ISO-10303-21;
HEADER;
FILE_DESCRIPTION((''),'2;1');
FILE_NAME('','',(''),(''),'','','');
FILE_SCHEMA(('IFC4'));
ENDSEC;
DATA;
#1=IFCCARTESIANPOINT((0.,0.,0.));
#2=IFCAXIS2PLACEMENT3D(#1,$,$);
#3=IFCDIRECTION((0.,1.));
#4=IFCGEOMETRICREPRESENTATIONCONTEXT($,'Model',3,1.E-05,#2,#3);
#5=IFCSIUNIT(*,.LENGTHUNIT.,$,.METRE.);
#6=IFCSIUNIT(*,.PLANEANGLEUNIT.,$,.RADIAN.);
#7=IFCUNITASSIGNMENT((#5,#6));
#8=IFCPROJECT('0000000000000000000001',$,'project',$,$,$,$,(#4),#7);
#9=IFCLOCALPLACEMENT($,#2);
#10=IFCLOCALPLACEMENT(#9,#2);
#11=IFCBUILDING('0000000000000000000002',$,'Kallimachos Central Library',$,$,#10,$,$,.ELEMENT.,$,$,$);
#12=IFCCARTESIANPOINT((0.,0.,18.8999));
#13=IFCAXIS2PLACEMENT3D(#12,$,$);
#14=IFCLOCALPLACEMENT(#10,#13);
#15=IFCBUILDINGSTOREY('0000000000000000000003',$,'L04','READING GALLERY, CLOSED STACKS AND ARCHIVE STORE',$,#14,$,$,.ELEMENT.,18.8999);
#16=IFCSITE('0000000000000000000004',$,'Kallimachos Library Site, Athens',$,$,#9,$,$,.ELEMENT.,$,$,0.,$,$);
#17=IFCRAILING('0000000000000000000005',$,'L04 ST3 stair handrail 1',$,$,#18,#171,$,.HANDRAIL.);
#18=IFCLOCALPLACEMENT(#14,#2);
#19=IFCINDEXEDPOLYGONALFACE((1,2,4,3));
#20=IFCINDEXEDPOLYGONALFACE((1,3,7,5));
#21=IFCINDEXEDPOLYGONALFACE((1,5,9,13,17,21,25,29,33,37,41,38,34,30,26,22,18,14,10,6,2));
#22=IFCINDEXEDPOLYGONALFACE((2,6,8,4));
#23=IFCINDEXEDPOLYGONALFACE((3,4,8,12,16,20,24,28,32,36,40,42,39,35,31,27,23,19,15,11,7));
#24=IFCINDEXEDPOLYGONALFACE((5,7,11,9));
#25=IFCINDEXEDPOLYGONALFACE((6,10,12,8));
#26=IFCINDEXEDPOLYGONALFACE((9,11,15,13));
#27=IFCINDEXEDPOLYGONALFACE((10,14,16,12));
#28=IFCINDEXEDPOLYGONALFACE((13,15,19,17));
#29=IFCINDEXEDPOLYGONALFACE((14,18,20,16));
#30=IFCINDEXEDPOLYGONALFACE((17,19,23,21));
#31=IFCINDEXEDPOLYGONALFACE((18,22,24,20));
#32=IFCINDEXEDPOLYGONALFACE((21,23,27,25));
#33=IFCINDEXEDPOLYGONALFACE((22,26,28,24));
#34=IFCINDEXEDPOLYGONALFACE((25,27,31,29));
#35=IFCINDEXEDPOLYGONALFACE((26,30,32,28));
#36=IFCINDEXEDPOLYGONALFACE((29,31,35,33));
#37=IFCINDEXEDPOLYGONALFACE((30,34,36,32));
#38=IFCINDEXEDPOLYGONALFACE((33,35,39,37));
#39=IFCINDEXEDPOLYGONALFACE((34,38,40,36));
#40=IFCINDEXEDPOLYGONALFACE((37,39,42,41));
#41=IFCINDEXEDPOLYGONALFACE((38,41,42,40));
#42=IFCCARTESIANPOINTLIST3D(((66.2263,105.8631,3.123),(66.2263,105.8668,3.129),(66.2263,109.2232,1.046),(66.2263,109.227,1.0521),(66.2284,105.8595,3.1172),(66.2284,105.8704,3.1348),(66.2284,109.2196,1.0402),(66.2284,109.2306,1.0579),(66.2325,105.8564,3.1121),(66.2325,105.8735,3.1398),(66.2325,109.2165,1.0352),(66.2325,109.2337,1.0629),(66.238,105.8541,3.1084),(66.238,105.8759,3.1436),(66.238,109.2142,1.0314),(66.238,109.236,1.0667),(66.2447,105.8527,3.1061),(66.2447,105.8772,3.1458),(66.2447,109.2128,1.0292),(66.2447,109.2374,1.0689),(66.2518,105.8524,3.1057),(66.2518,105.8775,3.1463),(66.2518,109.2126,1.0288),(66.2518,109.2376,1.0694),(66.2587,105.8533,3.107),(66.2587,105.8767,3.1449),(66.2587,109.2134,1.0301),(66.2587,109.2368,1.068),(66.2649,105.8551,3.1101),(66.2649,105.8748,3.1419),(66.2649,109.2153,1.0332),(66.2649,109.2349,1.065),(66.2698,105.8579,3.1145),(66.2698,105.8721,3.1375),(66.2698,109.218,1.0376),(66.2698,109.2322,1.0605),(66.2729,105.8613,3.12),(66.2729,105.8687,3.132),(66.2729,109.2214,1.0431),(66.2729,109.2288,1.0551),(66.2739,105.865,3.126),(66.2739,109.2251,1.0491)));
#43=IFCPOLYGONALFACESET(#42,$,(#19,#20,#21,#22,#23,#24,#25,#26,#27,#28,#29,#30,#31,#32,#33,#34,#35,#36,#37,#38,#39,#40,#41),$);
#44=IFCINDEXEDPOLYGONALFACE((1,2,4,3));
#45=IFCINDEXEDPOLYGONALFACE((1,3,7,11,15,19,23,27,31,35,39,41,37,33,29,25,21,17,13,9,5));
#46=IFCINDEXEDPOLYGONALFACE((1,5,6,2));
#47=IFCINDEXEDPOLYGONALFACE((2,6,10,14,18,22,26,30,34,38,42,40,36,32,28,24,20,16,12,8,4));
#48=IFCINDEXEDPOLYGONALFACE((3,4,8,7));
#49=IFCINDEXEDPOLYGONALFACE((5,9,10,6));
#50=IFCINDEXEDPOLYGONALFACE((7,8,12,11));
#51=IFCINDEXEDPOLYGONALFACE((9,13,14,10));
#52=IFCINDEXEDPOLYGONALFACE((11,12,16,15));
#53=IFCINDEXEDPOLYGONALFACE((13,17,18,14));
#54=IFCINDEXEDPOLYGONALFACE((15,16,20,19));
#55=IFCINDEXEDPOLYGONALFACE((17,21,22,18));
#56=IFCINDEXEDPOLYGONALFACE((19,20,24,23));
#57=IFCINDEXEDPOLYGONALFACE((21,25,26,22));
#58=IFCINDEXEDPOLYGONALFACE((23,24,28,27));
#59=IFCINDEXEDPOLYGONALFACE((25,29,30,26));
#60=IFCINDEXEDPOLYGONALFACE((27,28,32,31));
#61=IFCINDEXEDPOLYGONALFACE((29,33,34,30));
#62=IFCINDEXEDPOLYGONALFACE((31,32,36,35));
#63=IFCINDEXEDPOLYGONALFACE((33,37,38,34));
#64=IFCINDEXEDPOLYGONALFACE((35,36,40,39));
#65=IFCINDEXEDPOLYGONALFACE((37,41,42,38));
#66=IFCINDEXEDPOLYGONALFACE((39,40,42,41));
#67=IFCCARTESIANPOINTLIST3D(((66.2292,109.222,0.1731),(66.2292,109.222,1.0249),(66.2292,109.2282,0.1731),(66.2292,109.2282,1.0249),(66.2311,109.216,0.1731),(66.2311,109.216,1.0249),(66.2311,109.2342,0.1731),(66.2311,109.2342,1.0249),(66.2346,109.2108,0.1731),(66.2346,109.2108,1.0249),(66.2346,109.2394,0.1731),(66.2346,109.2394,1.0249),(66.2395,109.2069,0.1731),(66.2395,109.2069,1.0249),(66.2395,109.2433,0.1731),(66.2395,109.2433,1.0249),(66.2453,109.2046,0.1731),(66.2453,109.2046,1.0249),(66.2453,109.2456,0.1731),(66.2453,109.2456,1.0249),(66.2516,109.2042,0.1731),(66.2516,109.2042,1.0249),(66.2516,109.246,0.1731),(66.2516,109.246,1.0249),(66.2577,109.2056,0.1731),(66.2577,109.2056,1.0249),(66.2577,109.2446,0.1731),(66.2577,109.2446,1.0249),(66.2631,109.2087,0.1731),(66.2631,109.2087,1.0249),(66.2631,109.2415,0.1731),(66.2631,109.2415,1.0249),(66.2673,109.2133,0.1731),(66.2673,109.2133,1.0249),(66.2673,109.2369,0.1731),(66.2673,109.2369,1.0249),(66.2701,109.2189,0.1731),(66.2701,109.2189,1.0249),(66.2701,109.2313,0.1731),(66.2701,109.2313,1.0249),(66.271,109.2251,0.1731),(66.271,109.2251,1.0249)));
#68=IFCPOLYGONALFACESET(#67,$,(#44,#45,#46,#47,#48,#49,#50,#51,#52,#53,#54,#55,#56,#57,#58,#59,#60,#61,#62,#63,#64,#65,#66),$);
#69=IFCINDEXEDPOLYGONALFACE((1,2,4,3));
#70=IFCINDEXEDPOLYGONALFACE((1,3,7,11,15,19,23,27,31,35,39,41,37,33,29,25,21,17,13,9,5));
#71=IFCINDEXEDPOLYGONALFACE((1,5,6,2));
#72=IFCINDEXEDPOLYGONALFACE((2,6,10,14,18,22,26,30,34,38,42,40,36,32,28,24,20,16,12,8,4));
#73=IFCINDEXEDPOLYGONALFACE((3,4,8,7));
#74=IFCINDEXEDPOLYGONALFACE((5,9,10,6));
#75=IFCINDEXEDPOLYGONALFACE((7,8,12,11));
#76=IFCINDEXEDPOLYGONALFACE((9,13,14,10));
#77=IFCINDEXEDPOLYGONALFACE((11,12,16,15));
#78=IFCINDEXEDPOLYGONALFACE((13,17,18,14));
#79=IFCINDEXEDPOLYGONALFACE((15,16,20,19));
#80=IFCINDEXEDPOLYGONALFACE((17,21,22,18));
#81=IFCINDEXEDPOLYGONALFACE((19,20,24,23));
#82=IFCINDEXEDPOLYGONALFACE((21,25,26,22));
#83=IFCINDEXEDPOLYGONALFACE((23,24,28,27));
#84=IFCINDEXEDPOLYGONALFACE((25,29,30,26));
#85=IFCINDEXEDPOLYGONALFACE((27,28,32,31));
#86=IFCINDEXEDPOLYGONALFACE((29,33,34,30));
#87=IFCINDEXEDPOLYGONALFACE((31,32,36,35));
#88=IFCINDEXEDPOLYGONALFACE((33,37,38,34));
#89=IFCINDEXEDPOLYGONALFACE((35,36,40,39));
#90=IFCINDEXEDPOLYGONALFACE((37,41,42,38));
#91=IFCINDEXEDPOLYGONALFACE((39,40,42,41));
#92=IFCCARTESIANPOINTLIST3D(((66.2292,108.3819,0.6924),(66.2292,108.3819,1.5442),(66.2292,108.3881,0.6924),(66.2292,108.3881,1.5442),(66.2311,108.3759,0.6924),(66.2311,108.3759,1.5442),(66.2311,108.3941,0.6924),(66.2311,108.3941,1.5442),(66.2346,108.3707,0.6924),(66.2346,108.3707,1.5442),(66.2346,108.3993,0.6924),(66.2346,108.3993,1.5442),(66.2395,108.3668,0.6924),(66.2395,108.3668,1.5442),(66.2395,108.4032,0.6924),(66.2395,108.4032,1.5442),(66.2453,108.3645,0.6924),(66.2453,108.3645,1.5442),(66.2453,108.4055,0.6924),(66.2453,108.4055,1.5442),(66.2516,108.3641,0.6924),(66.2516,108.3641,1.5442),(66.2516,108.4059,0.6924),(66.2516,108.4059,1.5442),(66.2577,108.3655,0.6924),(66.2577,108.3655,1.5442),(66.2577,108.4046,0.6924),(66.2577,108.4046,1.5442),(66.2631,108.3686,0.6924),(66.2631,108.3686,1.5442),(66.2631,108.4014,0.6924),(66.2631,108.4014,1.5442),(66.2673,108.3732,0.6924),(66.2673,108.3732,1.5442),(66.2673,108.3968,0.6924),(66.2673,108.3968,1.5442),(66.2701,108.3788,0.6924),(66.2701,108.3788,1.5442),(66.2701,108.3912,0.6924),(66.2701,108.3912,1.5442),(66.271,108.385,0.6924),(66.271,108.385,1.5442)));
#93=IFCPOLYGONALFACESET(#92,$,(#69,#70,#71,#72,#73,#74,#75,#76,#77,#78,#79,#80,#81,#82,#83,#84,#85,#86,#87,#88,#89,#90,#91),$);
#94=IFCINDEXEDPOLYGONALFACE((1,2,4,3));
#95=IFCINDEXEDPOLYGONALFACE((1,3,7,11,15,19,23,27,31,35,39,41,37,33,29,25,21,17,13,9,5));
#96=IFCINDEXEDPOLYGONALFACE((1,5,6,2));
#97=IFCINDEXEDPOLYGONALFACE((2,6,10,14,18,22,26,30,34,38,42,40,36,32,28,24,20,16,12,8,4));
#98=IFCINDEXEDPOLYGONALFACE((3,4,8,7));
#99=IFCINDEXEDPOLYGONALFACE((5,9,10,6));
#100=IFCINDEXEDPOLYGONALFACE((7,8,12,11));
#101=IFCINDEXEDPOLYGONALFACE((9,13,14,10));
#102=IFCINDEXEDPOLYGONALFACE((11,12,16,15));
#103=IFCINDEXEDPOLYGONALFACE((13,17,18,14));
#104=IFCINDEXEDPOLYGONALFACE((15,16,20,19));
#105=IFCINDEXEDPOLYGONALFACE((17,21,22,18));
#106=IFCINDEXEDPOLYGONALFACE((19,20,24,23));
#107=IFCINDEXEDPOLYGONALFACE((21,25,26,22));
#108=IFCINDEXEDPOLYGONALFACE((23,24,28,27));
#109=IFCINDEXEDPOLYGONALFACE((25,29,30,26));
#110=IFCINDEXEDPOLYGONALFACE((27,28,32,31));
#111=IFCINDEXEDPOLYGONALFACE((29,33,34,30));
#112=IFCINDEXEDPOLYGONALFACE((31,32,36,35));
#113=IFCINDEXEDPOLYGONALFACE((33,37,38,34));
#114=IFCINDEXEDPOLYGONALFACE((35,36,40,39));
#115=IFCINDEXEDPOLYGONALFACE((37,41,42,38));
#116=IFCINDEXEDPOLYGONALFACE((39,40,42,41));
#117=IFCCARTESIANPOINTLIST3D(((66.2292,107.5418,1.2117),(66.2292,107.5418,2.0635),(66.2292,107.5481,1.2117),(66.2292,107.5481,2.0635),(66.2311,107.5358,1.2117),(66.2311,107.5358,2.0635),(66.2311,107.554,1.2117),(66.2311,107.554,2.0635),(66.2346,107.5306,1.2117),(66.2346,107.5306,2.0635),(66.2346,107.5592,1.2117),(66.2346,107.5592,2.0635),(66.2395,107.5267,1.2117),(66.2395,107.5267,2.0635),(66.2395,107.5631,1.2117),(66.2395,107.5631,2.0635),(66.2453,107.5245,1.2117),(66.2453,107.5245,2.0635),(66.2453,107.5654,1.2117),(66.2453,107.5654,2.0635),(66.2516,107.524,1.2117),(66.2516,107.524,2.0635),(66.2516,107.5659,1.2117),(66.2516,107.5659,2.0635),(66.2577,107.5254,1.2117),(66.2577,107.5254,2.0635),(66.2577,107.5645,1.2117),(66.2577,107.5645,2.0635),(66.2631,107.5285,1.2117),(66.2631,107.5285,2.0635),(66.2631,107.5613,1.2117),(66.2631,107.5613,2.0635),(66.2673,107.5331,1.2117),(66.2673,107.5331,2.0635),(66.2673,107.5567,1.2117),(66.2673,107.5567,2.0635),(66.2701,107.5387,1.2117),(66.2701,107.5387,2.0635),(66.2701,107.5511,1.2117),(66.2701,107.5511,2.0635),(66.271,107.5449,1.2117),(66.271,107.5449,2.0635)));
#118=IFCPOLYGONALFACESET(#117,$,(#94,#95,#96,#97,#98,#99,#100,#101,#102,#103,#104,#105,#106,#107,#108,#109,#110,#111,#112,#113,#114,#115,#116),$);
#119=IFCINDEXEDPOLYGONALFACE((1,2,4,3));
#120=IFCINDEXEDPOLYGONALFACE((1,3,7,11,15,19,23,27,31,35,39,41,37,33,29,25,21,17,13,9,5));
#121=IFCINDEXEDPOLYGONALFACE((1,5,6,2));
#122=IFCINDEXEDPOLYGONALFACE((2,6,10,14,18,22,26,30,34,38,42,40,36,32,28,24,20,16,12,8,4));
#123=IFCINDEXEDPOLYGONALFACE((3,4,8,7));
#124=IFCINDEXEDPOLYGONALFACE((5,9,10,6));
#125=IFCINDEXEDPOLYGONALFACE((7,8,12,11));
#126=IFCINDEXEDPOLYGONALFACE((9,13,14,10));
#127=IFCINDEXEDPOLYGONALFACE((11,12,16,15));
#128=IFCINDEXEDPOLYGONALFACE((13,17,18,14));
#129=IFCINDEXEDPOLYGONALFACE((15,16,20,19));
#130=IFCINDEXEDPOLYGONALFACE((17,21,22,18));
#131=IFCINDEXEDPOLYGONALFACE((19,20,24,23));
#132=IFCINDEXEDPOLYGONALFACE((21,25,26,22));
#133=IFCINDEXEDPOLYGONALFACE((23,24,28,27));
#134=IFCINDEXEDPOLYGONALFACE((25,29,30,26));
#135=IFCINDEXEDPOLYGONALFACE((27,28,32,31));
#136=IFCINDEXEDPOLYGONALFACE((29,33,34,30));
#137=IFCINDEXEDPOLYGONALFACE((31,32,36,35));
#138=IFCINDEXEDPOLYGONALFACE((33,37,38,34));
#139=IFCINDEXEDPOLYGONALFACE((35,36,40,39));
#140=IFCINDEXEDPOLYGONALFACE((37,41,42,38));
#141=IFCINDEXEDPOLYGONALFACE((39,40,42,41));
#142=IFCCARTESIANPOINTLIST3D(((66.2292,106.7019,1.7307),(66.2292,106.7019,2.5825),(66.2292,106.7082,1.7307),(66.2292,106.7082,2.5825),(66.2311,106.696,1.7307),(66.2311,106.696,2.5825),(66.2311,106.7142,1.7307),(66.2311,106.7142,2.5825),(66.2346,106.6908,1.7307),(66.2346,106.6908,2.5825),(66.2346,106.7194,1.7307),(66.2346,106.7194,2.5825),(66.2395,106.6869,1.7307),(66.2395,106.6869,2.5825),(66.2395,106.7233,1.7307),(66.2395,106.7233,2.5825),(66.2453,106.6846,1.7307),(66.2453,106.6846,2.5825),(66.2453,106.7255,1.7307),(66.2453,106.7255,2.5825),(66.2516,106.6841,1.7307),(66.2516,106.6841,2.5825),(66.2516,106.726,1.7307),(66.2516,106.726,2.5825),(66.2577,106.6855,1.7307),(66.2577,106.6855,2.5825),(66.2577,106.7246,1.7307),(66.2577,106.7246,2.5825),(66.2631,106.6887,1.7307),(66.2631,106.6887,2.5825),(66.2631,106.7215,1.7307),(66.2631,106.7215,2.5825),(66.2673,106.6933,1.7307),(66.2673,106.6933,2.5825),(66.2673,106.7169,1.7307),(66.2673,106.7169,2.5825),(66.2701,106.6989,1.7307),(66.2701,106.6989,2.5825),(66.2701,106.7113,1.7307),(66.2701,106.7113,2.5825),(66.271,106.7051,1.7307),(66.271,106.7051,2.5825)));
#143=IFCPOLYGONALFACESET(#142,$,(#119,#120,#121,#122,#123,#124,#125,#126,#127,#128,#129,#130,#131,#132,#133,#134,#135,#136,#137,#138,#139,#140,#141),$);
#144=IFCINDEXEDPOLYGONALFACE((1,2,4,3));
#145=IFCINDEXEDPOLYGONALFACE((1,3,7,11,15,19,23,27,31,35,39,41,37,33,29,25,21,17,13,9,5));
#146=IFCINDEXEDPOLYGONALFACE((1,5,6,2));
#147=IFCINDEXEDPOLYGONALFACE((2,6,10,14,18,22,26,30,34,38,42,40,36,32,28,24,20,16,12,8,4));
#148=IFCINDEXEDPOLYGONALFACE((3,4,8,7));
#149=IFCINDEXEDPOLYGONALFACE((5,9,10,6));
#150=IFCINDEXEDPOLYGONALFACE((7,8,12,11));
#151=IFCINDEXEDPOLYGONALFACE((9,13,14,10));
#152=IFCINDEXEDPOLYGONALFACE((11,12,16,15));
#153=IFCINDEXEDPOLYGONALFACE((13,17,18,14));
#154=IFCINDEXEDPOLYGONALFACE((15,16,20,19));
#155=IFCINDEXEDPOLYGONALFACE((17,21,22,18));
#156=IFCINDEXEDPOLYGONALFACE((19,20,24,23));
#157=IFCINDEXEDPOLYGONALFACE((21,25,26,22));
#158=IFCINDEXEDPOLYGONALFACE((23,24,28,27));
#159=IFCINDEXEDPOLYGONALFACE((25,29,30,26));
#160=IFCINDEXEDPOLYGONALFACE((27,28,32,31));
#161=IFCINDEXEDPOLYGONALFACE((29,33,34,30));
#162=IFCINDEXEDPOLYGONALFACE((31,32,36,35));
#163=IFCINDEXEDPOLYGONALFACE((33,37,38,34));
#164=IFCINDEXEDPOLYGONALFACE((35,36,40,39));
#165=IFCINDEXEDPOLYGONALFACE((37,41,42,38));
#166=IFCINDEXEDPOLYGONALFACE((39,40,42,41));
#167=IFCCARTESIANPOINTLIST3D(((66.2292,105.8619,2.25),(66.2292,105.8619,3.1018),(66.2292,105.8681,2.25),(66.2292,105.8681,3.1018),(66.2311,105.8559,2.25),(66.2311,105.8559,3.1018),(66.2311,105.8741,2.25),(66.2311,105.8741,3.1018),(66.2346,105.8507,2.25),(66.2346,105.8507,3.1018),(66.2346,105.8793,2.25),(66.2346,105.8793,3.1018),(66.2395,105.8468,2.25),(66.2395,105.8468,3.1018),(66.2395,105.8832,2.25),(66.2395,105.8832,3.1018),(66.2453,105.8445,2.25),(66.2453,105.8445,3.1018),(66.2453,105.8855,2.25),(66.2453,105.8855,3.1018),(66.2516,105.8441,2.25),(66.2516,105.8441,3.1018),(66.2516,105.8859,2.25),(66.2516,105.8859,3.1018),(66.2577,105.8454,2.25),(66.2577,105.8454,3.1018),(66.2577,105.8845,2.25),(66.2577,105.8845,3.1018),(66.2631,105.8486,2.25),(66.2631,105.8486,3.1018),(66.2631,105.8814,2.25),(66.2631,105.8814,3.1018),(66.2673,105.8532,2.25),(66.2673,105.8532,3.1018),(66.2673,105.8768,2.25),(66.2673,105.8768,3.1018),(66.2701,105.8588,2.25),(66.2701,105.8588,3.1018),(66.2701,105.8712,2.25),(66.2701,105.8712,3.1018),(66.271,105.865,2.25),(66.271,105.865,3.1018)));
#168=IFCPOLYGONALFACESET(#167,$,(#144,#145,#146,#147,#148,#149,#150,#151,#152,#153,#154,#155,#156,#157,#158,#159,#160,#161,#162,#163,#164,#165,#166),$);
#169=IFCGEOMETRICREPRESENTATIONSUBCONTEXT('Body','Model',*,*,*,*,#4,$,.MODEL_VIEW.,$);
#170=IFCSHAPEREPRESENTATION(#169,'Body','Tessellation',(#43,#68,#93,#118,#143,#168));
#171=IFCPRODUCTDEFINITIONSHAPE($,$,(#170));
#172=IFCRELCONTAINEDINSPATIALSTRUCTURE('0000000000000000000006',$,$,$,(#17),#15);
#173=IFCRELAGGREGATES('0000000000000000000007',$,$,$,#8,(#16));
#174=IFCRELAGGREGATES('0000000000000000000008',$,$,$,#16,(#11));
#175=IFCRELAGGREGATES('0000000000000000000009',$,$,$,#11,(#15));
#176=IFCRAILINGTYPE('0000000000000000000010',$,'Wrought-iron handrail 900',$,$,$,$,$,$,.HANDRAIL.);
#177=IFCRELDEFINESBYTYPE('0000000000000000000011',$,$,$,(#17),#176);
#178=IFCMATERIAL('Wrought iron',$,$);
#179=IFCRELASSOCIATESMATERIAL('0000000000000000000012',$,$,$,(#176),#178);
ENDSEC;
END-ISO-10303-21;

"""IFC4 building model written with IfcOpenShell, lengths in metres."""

from ifc_helpers import new_model, si_unit, direction, frame, origin, origin_2d, place, context, subcontext, project, spatial, circle, extrude, material, type_object, element, save


model = new_model("IFC4")

# Units and contexts
model_context = context("Model", 3, precision=1e-05, world=origin(), true_north=direction((0.0, 1.0)))
body_context = subcontext(model_context, "Body", "Model", "MODEL_VIEW")
ifc_project = project(units=[si_unit("LENGTHUNIT", "METRE"), si_unit("PLANEANGLEUNIT", "RADIAN")], contexts=[model_context])

# Site, building, storey
site_placement = place(None, origin())
site = spatial("IfcSite", under=ifc_project, at=site_placement, Name="Kallimachos Library Site, Athens", CompositionType="ELEMENT", RefElevation=0.0)
building_placement = place(site_placement, origin())
building = spatial("IfcBuilding", under=site, at=building_placement, Name="Kallimachos Central Library", CompositionType="ELEMENT")
storey_placement = place(building_placement, frame((0.0, 0.0, 18.8999)))
storey = spatial("IfcBuildingStorey", under=building, at=storey_placement, Name="L04", Description="READING GALLERY, CLOSED STACKS AND ARCHIVE STORE", CompositionType="ELEMENT", Elevation=18.8999)

# Railing
ifc_material_1 = material(Name="Wrought iron")
railing_type_1 = type_object("IfcRailingType", Name="Wrought-iron handrail 900", PredefinedType="HANDRAIL", material=ifc_material_1)
railing_1_placement = place(storey_placement, frame((66.25, 109.2251, 0.1731)))
element("IfcRailing", 1, at=railing_1_placement, inside=storey, type_object=railing_type_1, Name="L04 ST3 stair handrail 1", PredefinedType="HANDRAIL", context=body_context, shape_type="SweptSolid", body=[
    extrude(circle(Radius=0.0239, at=origin_2d()), frame((0.0, 0.0, 0.876), z_axis=(0.0, -0.850623, 0.525776), x_axis=(1.0, 0.0, 0.0)), (0.0, 0.0, 1.0), 3.9502),
    extrude(circle(Radius=0.021, at=origin_2d()), origin(), (0.0, 0.0, 1.0), 0.8518),
    extrude(circle(Radius=0.021, at=origin_2d()), frame((0.0, -0.8401, 0.5193)), (0.0, 0.0, 1.0), 0.8518),
    extrude(circle(Radius=0.021, at=origin_2d()), frame((0.0, -1.6802, 1.0386)), (0.0, 0.0, 1.0), 0.8518),
    extrude(circle(Radius=0.021, at=origin_2d()), frame((0.0, -2.52, 1.5576)), (0.0, 0.0, 1.0), 0.8518),
    extrude(circle(Radius=0.021, at=origin_2d()), frame((0.0, -3.3601, 2.0769)), (0.0, 0.0, 1.0), 0.8518),
])

save(model, "model.ifc")
